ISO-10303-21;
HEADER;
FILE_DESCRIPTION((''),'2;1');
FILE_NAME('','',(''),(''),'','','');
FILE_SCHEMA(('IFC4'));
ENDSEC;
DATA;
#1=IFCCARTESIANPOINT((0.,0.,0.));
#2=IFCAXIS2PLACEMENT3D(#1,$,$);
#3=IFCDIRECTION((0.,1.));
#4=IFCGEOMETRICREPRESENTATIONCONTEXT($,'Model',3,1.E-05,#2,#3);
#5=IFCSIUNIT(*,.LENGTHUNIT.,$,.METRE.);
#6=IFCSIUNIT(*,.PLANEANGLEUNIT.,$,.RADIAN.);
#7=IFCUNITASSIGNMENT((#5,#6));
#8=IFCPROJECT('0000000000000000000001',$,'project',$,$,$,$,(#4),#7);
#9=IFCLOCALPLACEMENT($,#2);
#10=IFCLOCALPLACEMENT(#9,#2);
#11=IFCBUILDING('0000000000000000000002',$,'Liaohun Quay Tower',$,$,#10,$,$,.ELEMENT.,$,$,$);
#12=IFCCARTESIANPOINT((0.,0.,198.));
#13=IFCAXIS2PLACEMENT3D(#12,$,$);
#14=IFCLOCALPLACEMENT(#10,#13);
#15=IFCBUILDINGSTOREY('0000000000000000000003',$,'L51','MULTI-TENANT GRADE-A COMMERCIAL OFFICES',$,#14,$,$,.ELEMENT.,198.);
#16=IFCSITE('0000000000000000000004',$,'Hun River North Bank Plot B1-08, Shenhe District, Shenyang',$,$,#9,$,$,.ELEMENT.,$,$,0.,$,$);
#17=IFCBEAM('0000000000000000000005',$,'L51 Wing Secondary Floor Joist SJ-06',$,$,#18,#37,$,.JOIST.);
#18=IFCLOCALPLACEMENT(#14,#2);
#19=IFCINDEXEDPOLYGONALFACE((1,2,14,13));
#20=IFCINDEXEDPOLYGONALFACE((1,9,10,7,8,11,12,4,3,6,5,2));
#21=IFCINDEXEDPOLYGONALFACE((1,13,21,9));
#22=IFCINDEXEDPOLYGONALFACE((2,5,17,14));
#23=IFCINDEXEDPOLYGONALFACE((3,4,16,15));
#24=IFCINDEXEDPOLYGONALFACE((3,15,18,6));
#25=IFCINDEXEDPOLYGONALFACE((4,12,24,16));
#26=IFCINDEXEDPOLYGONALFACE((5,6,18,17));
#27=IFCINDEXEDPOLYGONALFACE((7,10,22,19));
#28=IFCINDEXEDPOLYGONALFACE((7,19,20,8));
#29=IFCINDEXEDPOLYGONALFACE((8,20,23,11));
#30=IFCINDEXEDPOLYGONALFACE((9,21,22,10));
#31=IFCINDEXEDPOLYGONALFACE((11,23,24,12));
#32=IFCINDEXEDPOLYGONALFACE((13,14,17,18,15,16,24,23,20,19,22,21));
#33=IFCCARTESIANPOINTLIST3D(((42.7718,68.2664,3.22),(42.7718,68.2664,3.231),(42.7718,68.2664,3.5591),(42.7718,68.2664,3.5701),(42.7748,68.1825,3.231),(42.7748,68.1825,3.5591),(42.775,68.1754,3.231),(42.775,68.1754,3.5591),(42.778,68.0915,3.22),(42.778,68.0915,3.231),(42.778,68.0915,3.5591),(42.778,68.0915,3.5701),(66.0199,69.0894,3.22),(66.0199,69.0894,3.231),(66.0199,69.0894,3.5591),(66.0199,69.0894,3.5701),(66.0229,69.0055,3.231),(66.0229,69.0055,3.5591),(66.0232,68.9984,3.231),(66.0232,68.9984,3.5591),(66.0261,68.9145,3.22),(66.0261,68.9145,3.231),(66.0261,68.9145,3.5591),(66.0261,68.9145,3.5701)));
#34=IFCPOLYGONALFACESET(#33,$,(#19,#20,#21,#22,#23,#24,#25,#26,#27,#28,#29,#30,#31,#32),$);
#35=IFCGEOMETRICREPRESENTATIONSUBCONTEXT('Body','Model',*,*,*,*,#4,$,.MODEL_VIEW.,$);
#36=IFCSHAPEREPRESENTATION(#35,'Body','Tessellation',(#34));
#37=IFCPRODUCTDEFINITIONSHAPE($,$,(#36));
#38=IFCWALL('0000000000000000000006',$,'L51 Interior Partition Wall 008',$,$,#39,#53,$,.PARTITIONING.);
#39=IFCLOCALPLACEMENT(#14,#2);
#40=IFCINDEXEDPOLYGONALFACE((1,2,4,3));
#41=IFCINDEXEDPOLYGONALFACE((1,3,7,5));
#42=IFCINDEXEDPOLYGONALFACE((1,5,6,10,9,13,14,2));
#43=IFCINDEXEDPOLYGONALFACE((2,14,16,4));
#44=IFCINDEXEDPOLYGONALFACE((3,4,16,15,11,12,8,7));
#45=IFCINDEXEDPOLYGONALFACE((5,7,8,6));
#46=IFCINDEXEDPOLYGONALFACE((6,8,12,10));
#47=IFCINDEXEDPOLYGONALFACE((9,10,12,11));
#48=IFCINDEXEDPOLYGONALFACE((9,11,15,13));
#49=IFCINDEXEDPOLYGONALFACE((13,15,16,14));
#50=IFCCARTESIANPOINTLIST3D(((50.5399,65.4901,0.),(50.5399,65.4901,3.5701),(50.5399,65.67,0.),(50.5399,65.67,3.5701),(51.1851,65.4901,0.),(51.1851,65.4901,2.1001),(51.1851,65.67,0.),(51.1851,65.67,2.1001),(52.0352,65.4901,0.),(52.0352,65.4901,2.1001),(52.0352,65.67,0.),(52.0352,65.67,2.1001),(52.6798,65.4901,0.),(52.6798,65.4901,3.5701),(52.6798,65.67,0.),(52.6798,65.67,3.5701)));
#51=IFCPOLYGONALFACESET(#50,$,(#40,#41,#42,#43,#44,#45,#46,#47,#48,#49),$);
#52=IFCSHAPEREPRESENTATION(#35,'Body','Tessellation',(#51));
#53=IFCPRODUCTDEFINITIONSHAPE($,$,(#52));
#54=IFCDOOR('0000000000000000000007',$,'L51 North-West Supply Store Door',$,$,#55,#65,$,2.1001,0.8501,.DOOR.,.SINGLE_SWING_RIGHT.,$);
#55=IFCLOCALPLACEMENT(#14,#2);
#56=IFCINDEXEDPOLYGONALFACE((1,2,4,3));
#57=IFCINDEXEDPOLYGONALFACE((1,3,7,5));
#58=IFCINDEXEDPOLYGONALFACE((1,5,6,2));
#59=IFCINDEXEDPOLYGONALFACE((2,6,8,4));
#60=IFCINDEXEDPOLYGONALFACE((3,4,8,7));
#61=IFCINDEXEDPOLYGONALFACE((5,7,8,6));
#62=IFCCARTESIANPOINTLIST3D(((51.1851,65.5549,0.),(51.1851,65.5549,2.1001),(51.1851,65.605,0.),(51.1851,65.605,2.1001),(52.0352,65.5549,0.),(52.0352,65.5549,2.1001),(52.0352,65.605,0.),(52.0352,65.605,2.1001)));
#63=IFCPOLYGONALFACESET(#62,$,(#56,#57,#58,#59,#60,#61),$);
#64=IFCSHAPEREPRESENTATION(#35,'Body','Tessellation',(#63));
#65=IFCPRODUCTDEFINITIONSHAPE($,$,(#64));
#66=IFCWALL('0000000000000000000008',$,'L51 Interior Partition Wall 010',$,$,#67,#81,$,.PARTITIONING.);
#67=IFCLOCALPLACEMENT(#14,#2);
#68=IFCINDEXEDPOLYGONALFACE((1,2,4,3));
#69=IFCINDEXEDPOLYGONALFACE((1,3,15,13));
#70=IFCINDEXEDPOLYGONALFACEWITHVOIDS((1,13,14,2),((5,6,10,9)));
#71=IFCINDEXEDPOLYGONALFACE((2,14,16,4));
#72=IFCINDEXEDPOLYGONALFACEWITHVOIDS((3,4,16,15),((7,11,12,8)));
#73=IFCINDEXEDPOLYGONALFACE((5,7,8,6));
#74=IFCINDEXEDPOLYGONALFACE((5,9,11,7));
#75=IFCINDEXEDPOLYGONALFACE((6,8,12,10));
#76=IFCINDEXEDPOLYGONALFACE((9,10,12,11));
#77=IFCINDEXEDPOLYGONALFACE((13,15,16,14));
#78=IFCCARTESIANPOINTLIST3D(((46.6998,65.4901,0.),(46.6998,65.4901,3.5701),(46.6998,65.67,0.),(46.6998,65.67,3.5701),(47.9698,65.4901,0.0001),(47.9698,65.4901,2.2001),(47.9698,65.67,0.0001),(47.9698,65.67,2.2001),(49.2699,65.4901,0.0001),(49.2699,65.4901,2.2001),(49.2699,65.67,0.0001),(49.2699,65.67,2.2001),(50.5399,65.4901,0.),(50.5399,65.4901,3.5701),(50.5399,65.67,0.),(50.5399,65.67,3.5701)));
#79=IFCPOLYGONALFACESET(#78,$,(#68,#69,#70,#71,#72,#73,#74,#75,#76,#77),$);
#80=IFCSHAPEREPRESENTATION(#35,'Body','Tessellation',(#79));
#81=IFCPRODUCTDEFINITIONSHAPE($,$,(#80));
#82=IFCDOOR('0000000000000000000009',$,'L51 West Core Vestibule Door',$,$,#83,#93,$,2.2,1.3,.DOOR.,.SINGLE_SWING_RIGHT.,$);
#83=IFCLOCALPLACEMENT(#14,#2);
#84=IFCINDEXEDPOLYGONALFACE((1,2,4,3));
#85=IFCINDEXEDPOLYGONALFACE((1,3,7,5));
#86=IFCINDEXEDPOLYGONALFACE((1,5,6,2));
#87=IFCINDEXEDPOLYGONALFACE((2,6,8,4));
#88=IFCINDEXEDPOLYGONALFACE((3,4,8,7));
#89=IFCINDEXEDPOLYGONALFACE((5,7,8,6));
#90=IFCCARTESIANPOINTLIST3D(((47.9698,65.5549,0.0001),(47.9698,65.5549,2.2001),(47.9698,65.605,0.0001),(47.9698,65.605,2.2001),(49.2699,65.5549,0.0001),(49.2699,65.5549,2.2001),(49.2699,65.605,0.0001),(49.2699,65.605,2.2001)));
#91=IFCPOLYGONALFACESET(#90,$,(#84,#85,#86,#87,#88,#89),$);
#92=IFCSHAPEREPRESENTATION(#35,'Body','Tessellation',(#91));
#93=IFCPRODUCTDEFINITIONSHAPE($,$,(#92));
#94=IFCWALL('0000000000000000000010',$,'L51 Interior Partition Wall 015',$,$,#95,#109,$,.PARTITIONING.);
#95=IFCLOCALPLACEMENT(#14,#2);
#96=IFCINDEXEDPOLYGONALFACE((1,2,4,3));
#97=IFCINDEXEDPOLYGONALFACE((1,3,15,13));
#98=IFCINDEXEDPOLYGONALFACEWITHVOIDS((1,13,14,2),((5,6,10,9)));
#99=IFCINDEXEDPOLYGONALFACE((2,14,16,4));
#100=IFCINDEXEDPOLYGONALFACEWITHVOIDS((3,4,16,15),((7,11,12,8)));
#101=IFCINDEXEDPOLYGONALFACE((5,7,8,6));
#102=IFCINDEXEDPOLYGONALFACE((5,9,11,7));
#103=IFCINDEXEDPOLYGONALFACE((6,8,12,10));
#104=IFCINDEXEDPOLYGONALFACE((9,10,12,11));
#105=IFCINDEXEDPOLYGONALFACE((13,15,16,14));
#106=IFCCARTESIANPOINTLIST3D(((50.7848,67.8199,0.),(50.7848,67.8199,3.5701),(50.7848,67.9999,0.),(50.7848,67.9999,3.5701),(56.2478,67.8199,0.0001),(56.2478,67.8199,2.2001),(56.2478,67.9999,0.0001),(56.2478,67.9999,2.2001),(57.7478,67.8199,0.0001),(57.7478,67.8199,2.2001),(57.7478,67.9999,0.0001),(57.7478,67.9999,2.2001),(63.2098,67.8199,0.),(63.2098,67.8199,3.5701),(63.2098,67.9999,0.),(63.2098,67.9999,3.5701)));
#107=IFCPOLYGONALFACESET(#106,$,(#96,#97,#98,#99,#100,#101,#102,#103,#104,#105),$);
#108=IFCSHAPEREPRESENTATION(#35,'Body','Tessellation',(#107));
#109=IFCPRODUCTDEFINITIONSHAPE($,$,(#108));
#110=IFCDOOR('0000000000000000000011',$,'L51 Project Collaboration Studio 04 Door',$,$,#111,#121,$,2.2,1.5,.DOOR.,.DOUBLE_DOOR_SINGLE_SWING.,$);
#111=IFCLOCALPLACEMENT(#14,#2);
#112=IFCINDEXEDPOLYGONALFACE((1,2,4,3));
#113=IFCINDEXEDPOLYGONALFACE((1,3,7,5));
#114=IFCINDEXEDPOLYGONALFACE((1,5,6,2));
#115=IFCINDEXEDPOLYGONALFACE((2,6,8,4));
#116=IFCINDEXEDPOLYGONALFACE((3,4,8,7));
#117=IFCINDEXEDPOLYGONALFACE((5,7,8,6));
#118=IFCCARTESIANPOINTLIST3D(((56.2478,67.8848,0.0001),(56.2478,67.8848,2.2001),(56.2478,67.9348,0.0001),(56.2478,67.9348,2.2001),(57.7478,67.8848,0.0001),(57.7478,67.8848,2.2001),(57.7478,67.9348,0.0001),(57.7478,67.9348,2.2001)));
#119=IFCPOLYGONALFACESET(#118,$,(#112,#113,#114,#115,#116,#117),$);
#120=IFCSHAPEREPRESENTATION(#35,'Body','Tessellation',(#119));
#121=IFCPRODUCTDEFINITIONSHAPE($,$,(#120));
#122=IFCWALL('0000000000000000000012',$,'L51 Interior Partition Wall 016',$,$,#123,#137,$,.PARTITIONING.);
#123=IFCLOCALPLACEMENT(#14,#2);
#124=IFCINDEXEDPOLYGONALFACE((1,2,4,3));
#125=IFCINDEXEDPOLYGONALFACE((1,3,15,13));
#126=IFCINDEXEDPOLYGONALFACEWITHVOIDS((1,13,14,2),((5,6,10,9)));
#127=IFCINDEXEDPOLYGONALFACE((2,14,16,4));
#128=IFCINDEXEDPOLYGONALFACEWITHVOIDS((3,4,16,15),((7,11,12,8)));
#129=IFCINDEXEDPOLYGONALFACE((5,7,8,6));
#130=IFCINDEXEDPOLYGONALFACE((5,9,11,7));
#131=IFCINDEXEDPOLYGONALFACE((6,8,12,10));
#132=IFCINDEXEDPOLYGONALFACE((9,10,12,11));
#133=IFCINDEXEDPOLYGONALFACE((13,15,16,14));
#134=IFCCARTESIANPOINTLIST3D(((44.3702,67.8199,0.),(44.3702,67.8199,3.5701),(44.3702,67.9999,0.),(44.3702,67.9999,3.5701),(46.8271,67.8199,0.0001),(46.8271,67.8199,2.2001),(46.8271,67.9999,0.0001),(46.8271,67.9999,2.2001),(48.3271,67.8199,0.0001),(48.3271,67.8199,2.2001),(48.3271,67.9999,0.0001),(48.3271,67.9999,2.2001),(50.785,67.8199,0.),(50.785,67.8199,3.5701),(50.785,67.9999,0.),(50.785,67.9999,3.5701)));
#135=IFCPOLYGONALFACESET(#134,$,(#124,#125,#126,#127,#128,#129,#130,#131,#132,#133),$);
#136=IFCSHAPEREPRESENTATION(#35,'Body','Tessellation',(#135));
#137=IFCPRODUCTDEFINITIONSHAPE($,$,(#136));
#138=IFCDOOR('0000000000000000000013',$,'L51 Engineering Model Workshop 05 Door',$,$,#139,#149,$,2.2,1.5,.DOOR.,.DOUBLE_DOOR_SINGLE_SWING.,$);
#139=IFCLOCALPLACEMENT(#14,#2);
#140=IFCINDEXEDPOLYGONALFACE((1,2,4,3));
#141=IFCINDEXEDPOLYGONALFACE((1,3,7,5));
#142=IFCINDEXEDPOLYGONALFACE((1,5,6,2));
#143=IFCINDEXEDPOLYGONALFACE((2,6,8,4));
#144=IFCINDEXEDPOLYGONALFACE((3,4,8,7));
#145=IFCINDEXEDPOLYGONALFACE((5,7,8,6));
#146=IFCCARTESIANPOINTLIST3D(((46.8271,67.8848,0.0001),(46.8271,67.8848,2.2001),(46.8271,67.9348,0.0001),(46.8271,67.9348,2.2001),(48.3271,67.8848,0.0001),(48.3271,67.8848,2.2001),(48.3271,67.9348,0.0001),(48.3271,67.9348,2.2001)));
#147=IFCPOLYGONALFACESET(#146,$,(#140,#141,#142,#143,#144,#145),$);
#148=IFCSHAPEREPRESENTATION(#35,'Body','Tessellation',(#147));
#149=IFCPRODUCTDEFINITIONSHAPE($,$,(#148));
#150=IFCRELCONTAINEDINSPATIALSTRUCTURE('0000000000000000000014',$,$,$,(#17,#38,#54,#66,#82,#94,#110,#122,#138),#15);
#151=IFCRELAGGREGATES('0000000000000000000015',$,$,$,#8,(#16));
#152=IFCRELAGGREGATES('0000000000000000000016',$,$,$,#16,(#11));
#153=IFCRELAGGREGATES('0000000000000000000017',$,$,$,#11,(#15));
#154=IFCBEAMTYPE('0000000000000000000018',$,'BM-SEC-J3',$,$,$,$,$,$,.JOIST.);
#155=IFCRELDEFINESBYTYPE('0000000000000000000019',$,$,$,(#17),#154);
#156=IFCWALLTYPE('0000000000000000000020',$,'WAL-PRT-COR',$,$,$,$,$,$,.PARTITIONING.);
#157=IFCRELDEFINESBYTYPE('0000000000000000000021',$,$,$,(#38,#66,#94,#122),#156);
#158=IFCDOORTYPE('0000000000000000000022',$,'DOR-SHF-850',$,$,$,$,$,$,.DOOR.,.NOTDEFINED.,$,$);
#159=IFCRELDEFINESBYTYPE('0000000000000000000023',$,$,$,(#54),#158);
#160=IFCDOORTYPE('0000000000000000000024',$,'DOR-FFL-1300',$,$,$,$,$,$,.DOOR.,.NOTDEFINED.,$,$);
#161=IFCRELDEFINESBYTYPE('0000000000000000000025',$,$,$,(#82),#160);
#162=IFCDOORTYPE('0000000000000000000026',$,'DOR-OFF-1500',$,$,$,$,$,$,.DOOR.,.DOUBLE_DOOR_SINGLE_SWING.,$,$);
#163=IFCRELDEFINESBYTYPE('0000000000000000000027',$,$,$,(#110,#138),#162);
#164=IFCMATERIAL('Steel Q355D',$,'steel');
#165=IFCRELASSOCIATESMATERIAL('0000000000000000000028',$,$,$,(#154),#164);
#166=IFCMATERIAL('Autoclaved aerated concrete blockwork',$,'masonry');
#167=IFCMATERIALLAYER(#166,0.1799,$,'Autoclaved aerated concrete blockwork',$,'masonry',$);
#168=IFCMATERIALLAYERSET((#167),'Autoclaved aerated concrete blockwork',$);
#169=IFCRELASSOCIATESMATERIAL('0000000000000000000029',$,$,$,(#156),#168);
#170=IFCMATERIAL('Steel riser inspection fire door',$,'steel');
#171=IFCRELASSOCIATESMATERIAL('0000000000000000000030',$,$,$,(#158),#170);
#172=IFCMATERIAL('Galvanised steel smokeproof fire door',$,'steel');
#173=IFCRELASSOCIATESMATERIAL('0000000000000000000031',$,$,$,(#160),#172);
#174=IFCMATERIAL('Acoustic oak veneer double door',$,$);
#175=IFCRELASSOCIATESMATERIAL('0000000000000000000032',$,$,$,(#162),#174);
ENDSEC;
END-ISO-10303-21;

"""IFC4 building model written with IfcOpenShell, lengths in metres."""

from ifc_helpers import new_model, si_unit, direction, frame, frame_2d, origin, origin_2d, place, context, subcontext, project, spatial, rectangle, i_section, extrude, source, transform, mapped, material, layer, layer_set, material_profile, profile_set, type_object, element, fill, save


model = new_model("IFC4")

# Units and contexts
model_context = context("Model", 3, precision=1e-05, world=origin(), true_north=direction((0.0, 1.0)))
body_context = subcontext(model_context, "Body", "Model", "MODEL_VIEW")
ifc_project = project(units=[si_unit("LENGTHUNIT", "METRE"), si_unit("PLANEANGLEUNIT", "RADIAN")], contexts=[model_context])

# Site, building, storey
site_placement = place(None, origin())
site = spatial("IfcSite", under=ifc_project, at=site_placement, Name="Hun River North Bank Plot B1-08, Shenhe District, Shenyang", CompositionType="ELEMENT", RefElevation=0.0)
building_placement = place(site_placement, origin())
building = spatial("IfcBuilding", under=site, at=building_placement, Name="Liaohun Quay Tower", CompositionType="ELEMENT")
storey_placement = place(building_placement, frame((0.0, 0.0, 198.0)))
storey = spatial("IfcBuildingStorey", under=building, at=storey_placement, Name="L51", Description="MULTI-TENANT GRADE-A COMMERCIAL OFFICES", CompositionType="ELEMENT", Elevation=198.0)

# Beam
ifc_material_1 = material(Name="Steel Q355D", Category="steel")
ifc_material_profile = material_profile(ifc_material_1, i_section(OverallWidth=0.175, OverallDepth=0.3501, WebThickness=0.0071, FlangeThickness=0.011, at=origin_2d()), Name="HN350x175x7x11")
ifc_profile_set = profile_set([ifc_material_profile], Name="Steel Q355D")
beam_type = type_object("IfcBeamType", Name="BM-SEC-J3", PredefinedType="JOIST", material=ifc_profile_set)
shared_shape_1 = source(origin(), body_context, "Body", "SweptSolid", [
    extrude(i_section(OverallWidth=0.175, OverallDepth=0.3501, WebThickness=0.0071, FlangeThickness=0.011, at=origin_2d()), origin(), (0.0, 0.0, 1.0), 23.2627),
])
beam_placement = place(storey_placement, frame((42.7749, 68.179, 3.395), z_axis=(0.999374, 0.035379, 0.0), x_axis=(-0.035379, 0.999374, 0.0)))
element("IfcBeam", 1, at=beam_placement, inside=storey, type_object=beam_type, Name="L51 Wing Secondary Floor Joist SJ-06", PredefinedType="JOIST", context=body_context, shape_type="MappedRepresentation", body=[
    mapped(shared_shape_1, transform((0.0, 0.0, 0.0), x_axis=(1.0, 0.0, 0.0), y_axis=(0.0, 1.0, 0.0), z_axis=(0.0, 0.0, 1.0), scale=1.0)),
])

# Walls, openings, doors
ifc_material_2 = material(Name="Autoclaved aerated concrete blockwork", Category="masonry")
ifc_layer_1 = layer(ifc_material_2, 0.1799, Name="Autoclaved aerated concrete blockwork", Category="masonry")
ifc_layer_set_1 = layer_set([ifc_layer_1], Name="Autoclaved aerated concrete blockwork")
wall_type_1 = type_object("IfcWallType", Name="WAL-PRT-COR", PredefinedType="PARTITIONING", material=ifc_layer_set_1)
wall_1_placement = place(storey_placement, frame((50.54, 65.5801, 0.0), z_axis=(0.0, 0.0, 1.0), x_axis=(1.0, 0.0, 0.0)))
wall_1 = element("IfcWall", 2, at=wall_1_placement, inside=storey, type_object=wall_type_1, Name="L51 Interior Partition Wall 008", PredefinedType="PARTITIONING", context=body_context, shape_type="SweptSolid", body=[
    extrude(rectangle(XDim=2.1399, YDim=0.1799, at=frame_2d((1.0698, 0.0))), origin(), (0.0, 0.0, 1.0), 3.5701),
])
shared_shape_2 = source(origin(), body_context, "Body", "SweptSolid", [
    extrude(rectangle(XDim=0.8501, YDim=2.1001, at=frame_2d((0.425, 1.05))), frame((0.0, 0.0999, 0.0), z_axis=(0.0, -1.0, 0.0), x_axis=(1.0, 0.0, 0.0)), (0.0, 0.0, 1.0), 0.2),
])
opening_1_placement = place(wall_1_placement, frame((0.645, 0.0, 0.0)))
opening_1 = element("IfcOpeningElement", 3, at=opening_1_placement, cuts=wall_1, PredefinedType="OPENING", context=body_context, shape_type="MappedRepresentation", body=[
    mapped(shared_shape_2, transform((0.0, 0.0, 0.0), x_axis=(1.0, 0.0, 0.0), y_axis=(0.0, 1.0, 0.0), z_axis=(0.0, 0.0, 1.0), scale=1.0)),
])
ifc_material_3 = material(Name="Steel riser inspection fire door", Category="steel")
door_type_1 = type_object("IfcDoorType", Name="DOR-SHF-850", OperationType="NOTDEFINED", PredefinedType="DOOR", material=ifc_material_3)
shared_shape_3 = source(origin(), body_context, "Body", "SweptSolid", [
    extrude(rectangle(XDim=0.8501, YDim=2.1001, at=frame_2d((0.425, 1.05))), frame((0.0, 0.0249, 0.0), z_axis=(0.0, -1.0, 0.0), x_axis=(1.0, 0.0, 0.0)), (0.0, 0.0, 1.0), 0.05),
])
door_1_placement = place(opening_1_placement, origin())
door_1 = element("IfcDoor", 4, at=door_1_placement, inside=storey, type_object=door_type_1, Name="L51 North-West Supply Store Door", OperationType="SINGLE_SWING_RIGHT", OverallHeight=2.1001, OverallWidth=0.8501, PredefinedType="DOOR", context=body_context, shape_type="MappedRepresentation", body=[
    mapped(shared_shape_3, transform((0.0, 0.0, 0.0), x_axis=(1.0, 0.0, 0.0), y_axis=(0.0, 1.0, 0.0), z_axis=(0.0, 0.0, 1.0), scale=1.0)),
])
fill(opening_1, door_1)
wall_2_placement = place(storey_placement, frame((46.7, 65.5801, 0.0), z_axis=(0.0, 0.0, 1.0), x_axis=(1.0, 0.0, 0.0)))
wall_2 = element("IfcWall", 5, at=wall_2_placement, inside=storey, type_object=wall_type_1, Name="L51 Interior Partition Wall 010", PredefinedType="PARTITIONING", context=body_context, shape_type="SweptSolid", body=[
    extrude(rectangle(XDim=3.8401, YDim=0.1799, at=frame_2d((1.9199, 0.0))), origin(), (0.0, 0.0, 1.0), 3.5701),
])
shared_shape_4 = source(origin(), body_context, "Body", "SweptSolid", [
    extrude(rectangle(XDim=1.3, YDim=2.2, at=frame_2d((0.6499, 1.1001))), frame((0.0, 0.0999, 0.0), z_axis=(0.0, -1.0, 0.0), x_axis=(1.0, 0.0, 0.0)), (0.0, 0.0, 1.0), 0.2),
])
opening_2_placement = place(wall_2_placement, frame((1.27, 0.0, 0.0)))
opening_2 = element("IfcOpeningElement", 6, at=opening_2_placement, cuts=wall_2, PredefinedType="OPENING", context=body_context, shape_type="MappedRepresentation", body=[
    mapped(shared_shape_4, transform((0.0, 0.0, 0.0), x_axis=(1.0, 0.0, 0.0), y_axis=(0.0, 1.0, 0.0), z_axis=(0.0, 0.0, 1.0), scale=1.0)),
])
ifc_material_4 = material(Name="Galvanised steel smokeproof fire door", Category="steel")
door_type_2 = type_object("IfcDoorType", Name="DOR-FFL-1300", OperationType="NOTDEFINED", PredefinedType="DOOR", material=ifc_material_4)
shared_shape_5 = source(origin(), body_context, "Body", "SweptSolid", [
    extrude(rectangle(XDim=1.3, YDim=2.2, at=frame_2d((0.6499, 1.1001))), frame((0.0, 0.0249, 0.0), z_axis=(0.0, -1.0, 0.0), x_axis=(1.0, 0.0, 0.0)), (0.0, 0.0, 1.0), 0.05),
])
door_2_placement = place(opening_2_placement, origin())
door_2 = element("IfcDoor", 7, at=door_2_placement, inside=storey, type_object=door_type_2, Name="L51 West Core Vestibule Door", OperationType="SINGLE_SWING_RIGHT", OverallHeight=2.2, OverallWidth=1.3, PredefinedType="DOOR", context=body_context, shape_type="MappedRepresentation", body=[
    mapped(shared_shape_5, transform((0.0, 0.0, 0.0), x_axis=(1.0, 0.0, 0.0), y_axis=(0.0, 1.0, 0.0), z_axis=(0.0, 0.0, 1.0), scale=1.0)),
])
fill(opening_2, door_2)
wall_3_placement = place(storey_placement, frame((50.7849, 67.9099, 0.0), z_axis=(0.0, 0.0, 1.0), x_axis=(1.0, 0.0, 0.0)))
wall_3 = element("IfcWall", 8, at=wall_3_placement, inside=storey, type_object=wall_type_1, Name="L51 Interior Partition Wall 015", PredefinedType="PARTITIONING", context=body_context, shape_type="SweptSolid", body=[
    extrude(rectangle(XDim=12.425, YDim=0.1799, at=frame_2d((6.2124, 0.0))), origin(), (0.0, 0.0, 1.0), 3.5701),
])
shared_shape_6 = source(origin(), body_context, "Body", "SweptSolid", [
    extrude(rectangle(XDim=1.5, YDim=2.2, at=frame_2d((0.75, 1.1001))), frame((0.0, 0.0999, 0.0), z_axis=(0.0, -1.0, 0.0), x_axis=(1.0, 0.0, 0.0)), (0.0, 0.0, 1.0), 0.2),
])
opening_3_placement = place(wall_3_placement, frame((5.4629, 0.0, 0.0)))
opening_3 = element("IfcOpeningElement", 9, at=opening_3_placement, cuts=wall_3, PredefinedType="OPENING", context=body_context, shape_type="MappedRepresentation", body=[
    mapped(shared_shape_6, transform((0.0, 0.0, 0.0), x_axis=(1.0, 0.0, 0.0), y_axis=(0.0, 1.0, 0.0), z_axis=(0.0, 0.0, 1.0), scale=1.0)),
])
ifc_material_5 = material(Name="Acoustic oak veneer double door")
door_type_3 = type_object("IfcDoorType", Name="DOR-OFF-1500", OperationType="DOUBLE_DOOR_SINGLE_SWING", PredefinedType="DOOR", material=ifc_material_5)
shared_shape_7 = source(origin(), body_context, "Body", "SweptSolid", [
    extrude(rectangle(XDim=1.5, YDim=2.2, at=frame_2d((0.75, 1.1001))), frame((0.0, 0.0249, 0.0), z_axis=(0.0, -1.0, 0.0), x_axis=(1.0, 0.0, 0.0)), (0.0, 0.0, 1.0), 0.05),
])
door_3_placement = place(opening_3_placement, origin())
door_3 = element("IfcDoor", 10, at=door_3_placement, inside=storey, type_object=door_type_3, Name="L51 Project Collaboration Studio 04 Door", OperationType="DOUBLE_DOOR_SINGLE_SWING", OverallHeight=2.2, OverallWidth=1.5, PredefinedType="DOOR", context=body_context, shape_type="MappedRepresentation", body=[
    mapped(shared_shape_7, transform((0.0, 0.0, 0.0), x_axis=(1.0, 0.0, 0.0), y_axis=(0.0, 1.0, 0.0), z_axis=(0.0, 0.0, 1.0), scale=1.0)),
])
fill(opening_3, door_3)
wall_4_placement = place(storey_placement, frame((44.3701, 67.9099, 0.0), z_axis=(0.0, 0.0, 1.0), x_axis=(1.0, 0.0, 0.0)))
wall_4 = element("IfcWall", 11, at=wall_4_placement, inside=storey, type_object=wall_type_1, Name="L51 Interior Partition Wall 016", PredefinedType="PARTITIONING", context=body_context, shape_type="SweptSolid", body=[
    extrude(rectangle(XDim=6.4148, YDim=0.1799, at=frame_2d((3.2075, 0.0))), origin(), (0.0, 0.0, 1.0), 3.5701),
])
opening_4_placement = place(wall_4_placement, frame((2.457, 0.0, 0.0)))
opening_4 = element("IfcOpeningElement", 12, at=opening_4_placement, cuts=wall_4, PredefinedType="OPENING", context=body_context, shape_type="MappedRepresentation", body=[
    mapped(shared_shape_6, transform((0.0, 0.0, 0.0), x_axis=(1.0, 0.0, 0.0), y_axis=(0.0, 1.0, 0.0), z_axis=(0.0, 0.0, 1.0), scale=1.0)),
])
door_4_placement = place(opening_4_placement, origin())
door_4 = element("IfcDoor", 13, at=door_4_placement, inside=storey, type_object=door_type_3, Name="L51 Engineering Model Workshop 05 Door", OperationType="DOUBLE_DOOR_SINGLE_SWING", OverallHeight=2.2, OverallWidth=1.5, PredefinedType="DOOR", context=body_context, shape_type="MappedRepresentation", body=[
    mapped(shared_shape_7, transform((0.0, 0.0, 0.0), x_axis=(1.0, 0.0, 0.0), y_axis=(0.0, 1.0, 0.0), z_axis=(0.0, 0.0, 1.0), scale=1.0)),
])
fill(opening_4, door_4)

save(model, "model.ifc")
